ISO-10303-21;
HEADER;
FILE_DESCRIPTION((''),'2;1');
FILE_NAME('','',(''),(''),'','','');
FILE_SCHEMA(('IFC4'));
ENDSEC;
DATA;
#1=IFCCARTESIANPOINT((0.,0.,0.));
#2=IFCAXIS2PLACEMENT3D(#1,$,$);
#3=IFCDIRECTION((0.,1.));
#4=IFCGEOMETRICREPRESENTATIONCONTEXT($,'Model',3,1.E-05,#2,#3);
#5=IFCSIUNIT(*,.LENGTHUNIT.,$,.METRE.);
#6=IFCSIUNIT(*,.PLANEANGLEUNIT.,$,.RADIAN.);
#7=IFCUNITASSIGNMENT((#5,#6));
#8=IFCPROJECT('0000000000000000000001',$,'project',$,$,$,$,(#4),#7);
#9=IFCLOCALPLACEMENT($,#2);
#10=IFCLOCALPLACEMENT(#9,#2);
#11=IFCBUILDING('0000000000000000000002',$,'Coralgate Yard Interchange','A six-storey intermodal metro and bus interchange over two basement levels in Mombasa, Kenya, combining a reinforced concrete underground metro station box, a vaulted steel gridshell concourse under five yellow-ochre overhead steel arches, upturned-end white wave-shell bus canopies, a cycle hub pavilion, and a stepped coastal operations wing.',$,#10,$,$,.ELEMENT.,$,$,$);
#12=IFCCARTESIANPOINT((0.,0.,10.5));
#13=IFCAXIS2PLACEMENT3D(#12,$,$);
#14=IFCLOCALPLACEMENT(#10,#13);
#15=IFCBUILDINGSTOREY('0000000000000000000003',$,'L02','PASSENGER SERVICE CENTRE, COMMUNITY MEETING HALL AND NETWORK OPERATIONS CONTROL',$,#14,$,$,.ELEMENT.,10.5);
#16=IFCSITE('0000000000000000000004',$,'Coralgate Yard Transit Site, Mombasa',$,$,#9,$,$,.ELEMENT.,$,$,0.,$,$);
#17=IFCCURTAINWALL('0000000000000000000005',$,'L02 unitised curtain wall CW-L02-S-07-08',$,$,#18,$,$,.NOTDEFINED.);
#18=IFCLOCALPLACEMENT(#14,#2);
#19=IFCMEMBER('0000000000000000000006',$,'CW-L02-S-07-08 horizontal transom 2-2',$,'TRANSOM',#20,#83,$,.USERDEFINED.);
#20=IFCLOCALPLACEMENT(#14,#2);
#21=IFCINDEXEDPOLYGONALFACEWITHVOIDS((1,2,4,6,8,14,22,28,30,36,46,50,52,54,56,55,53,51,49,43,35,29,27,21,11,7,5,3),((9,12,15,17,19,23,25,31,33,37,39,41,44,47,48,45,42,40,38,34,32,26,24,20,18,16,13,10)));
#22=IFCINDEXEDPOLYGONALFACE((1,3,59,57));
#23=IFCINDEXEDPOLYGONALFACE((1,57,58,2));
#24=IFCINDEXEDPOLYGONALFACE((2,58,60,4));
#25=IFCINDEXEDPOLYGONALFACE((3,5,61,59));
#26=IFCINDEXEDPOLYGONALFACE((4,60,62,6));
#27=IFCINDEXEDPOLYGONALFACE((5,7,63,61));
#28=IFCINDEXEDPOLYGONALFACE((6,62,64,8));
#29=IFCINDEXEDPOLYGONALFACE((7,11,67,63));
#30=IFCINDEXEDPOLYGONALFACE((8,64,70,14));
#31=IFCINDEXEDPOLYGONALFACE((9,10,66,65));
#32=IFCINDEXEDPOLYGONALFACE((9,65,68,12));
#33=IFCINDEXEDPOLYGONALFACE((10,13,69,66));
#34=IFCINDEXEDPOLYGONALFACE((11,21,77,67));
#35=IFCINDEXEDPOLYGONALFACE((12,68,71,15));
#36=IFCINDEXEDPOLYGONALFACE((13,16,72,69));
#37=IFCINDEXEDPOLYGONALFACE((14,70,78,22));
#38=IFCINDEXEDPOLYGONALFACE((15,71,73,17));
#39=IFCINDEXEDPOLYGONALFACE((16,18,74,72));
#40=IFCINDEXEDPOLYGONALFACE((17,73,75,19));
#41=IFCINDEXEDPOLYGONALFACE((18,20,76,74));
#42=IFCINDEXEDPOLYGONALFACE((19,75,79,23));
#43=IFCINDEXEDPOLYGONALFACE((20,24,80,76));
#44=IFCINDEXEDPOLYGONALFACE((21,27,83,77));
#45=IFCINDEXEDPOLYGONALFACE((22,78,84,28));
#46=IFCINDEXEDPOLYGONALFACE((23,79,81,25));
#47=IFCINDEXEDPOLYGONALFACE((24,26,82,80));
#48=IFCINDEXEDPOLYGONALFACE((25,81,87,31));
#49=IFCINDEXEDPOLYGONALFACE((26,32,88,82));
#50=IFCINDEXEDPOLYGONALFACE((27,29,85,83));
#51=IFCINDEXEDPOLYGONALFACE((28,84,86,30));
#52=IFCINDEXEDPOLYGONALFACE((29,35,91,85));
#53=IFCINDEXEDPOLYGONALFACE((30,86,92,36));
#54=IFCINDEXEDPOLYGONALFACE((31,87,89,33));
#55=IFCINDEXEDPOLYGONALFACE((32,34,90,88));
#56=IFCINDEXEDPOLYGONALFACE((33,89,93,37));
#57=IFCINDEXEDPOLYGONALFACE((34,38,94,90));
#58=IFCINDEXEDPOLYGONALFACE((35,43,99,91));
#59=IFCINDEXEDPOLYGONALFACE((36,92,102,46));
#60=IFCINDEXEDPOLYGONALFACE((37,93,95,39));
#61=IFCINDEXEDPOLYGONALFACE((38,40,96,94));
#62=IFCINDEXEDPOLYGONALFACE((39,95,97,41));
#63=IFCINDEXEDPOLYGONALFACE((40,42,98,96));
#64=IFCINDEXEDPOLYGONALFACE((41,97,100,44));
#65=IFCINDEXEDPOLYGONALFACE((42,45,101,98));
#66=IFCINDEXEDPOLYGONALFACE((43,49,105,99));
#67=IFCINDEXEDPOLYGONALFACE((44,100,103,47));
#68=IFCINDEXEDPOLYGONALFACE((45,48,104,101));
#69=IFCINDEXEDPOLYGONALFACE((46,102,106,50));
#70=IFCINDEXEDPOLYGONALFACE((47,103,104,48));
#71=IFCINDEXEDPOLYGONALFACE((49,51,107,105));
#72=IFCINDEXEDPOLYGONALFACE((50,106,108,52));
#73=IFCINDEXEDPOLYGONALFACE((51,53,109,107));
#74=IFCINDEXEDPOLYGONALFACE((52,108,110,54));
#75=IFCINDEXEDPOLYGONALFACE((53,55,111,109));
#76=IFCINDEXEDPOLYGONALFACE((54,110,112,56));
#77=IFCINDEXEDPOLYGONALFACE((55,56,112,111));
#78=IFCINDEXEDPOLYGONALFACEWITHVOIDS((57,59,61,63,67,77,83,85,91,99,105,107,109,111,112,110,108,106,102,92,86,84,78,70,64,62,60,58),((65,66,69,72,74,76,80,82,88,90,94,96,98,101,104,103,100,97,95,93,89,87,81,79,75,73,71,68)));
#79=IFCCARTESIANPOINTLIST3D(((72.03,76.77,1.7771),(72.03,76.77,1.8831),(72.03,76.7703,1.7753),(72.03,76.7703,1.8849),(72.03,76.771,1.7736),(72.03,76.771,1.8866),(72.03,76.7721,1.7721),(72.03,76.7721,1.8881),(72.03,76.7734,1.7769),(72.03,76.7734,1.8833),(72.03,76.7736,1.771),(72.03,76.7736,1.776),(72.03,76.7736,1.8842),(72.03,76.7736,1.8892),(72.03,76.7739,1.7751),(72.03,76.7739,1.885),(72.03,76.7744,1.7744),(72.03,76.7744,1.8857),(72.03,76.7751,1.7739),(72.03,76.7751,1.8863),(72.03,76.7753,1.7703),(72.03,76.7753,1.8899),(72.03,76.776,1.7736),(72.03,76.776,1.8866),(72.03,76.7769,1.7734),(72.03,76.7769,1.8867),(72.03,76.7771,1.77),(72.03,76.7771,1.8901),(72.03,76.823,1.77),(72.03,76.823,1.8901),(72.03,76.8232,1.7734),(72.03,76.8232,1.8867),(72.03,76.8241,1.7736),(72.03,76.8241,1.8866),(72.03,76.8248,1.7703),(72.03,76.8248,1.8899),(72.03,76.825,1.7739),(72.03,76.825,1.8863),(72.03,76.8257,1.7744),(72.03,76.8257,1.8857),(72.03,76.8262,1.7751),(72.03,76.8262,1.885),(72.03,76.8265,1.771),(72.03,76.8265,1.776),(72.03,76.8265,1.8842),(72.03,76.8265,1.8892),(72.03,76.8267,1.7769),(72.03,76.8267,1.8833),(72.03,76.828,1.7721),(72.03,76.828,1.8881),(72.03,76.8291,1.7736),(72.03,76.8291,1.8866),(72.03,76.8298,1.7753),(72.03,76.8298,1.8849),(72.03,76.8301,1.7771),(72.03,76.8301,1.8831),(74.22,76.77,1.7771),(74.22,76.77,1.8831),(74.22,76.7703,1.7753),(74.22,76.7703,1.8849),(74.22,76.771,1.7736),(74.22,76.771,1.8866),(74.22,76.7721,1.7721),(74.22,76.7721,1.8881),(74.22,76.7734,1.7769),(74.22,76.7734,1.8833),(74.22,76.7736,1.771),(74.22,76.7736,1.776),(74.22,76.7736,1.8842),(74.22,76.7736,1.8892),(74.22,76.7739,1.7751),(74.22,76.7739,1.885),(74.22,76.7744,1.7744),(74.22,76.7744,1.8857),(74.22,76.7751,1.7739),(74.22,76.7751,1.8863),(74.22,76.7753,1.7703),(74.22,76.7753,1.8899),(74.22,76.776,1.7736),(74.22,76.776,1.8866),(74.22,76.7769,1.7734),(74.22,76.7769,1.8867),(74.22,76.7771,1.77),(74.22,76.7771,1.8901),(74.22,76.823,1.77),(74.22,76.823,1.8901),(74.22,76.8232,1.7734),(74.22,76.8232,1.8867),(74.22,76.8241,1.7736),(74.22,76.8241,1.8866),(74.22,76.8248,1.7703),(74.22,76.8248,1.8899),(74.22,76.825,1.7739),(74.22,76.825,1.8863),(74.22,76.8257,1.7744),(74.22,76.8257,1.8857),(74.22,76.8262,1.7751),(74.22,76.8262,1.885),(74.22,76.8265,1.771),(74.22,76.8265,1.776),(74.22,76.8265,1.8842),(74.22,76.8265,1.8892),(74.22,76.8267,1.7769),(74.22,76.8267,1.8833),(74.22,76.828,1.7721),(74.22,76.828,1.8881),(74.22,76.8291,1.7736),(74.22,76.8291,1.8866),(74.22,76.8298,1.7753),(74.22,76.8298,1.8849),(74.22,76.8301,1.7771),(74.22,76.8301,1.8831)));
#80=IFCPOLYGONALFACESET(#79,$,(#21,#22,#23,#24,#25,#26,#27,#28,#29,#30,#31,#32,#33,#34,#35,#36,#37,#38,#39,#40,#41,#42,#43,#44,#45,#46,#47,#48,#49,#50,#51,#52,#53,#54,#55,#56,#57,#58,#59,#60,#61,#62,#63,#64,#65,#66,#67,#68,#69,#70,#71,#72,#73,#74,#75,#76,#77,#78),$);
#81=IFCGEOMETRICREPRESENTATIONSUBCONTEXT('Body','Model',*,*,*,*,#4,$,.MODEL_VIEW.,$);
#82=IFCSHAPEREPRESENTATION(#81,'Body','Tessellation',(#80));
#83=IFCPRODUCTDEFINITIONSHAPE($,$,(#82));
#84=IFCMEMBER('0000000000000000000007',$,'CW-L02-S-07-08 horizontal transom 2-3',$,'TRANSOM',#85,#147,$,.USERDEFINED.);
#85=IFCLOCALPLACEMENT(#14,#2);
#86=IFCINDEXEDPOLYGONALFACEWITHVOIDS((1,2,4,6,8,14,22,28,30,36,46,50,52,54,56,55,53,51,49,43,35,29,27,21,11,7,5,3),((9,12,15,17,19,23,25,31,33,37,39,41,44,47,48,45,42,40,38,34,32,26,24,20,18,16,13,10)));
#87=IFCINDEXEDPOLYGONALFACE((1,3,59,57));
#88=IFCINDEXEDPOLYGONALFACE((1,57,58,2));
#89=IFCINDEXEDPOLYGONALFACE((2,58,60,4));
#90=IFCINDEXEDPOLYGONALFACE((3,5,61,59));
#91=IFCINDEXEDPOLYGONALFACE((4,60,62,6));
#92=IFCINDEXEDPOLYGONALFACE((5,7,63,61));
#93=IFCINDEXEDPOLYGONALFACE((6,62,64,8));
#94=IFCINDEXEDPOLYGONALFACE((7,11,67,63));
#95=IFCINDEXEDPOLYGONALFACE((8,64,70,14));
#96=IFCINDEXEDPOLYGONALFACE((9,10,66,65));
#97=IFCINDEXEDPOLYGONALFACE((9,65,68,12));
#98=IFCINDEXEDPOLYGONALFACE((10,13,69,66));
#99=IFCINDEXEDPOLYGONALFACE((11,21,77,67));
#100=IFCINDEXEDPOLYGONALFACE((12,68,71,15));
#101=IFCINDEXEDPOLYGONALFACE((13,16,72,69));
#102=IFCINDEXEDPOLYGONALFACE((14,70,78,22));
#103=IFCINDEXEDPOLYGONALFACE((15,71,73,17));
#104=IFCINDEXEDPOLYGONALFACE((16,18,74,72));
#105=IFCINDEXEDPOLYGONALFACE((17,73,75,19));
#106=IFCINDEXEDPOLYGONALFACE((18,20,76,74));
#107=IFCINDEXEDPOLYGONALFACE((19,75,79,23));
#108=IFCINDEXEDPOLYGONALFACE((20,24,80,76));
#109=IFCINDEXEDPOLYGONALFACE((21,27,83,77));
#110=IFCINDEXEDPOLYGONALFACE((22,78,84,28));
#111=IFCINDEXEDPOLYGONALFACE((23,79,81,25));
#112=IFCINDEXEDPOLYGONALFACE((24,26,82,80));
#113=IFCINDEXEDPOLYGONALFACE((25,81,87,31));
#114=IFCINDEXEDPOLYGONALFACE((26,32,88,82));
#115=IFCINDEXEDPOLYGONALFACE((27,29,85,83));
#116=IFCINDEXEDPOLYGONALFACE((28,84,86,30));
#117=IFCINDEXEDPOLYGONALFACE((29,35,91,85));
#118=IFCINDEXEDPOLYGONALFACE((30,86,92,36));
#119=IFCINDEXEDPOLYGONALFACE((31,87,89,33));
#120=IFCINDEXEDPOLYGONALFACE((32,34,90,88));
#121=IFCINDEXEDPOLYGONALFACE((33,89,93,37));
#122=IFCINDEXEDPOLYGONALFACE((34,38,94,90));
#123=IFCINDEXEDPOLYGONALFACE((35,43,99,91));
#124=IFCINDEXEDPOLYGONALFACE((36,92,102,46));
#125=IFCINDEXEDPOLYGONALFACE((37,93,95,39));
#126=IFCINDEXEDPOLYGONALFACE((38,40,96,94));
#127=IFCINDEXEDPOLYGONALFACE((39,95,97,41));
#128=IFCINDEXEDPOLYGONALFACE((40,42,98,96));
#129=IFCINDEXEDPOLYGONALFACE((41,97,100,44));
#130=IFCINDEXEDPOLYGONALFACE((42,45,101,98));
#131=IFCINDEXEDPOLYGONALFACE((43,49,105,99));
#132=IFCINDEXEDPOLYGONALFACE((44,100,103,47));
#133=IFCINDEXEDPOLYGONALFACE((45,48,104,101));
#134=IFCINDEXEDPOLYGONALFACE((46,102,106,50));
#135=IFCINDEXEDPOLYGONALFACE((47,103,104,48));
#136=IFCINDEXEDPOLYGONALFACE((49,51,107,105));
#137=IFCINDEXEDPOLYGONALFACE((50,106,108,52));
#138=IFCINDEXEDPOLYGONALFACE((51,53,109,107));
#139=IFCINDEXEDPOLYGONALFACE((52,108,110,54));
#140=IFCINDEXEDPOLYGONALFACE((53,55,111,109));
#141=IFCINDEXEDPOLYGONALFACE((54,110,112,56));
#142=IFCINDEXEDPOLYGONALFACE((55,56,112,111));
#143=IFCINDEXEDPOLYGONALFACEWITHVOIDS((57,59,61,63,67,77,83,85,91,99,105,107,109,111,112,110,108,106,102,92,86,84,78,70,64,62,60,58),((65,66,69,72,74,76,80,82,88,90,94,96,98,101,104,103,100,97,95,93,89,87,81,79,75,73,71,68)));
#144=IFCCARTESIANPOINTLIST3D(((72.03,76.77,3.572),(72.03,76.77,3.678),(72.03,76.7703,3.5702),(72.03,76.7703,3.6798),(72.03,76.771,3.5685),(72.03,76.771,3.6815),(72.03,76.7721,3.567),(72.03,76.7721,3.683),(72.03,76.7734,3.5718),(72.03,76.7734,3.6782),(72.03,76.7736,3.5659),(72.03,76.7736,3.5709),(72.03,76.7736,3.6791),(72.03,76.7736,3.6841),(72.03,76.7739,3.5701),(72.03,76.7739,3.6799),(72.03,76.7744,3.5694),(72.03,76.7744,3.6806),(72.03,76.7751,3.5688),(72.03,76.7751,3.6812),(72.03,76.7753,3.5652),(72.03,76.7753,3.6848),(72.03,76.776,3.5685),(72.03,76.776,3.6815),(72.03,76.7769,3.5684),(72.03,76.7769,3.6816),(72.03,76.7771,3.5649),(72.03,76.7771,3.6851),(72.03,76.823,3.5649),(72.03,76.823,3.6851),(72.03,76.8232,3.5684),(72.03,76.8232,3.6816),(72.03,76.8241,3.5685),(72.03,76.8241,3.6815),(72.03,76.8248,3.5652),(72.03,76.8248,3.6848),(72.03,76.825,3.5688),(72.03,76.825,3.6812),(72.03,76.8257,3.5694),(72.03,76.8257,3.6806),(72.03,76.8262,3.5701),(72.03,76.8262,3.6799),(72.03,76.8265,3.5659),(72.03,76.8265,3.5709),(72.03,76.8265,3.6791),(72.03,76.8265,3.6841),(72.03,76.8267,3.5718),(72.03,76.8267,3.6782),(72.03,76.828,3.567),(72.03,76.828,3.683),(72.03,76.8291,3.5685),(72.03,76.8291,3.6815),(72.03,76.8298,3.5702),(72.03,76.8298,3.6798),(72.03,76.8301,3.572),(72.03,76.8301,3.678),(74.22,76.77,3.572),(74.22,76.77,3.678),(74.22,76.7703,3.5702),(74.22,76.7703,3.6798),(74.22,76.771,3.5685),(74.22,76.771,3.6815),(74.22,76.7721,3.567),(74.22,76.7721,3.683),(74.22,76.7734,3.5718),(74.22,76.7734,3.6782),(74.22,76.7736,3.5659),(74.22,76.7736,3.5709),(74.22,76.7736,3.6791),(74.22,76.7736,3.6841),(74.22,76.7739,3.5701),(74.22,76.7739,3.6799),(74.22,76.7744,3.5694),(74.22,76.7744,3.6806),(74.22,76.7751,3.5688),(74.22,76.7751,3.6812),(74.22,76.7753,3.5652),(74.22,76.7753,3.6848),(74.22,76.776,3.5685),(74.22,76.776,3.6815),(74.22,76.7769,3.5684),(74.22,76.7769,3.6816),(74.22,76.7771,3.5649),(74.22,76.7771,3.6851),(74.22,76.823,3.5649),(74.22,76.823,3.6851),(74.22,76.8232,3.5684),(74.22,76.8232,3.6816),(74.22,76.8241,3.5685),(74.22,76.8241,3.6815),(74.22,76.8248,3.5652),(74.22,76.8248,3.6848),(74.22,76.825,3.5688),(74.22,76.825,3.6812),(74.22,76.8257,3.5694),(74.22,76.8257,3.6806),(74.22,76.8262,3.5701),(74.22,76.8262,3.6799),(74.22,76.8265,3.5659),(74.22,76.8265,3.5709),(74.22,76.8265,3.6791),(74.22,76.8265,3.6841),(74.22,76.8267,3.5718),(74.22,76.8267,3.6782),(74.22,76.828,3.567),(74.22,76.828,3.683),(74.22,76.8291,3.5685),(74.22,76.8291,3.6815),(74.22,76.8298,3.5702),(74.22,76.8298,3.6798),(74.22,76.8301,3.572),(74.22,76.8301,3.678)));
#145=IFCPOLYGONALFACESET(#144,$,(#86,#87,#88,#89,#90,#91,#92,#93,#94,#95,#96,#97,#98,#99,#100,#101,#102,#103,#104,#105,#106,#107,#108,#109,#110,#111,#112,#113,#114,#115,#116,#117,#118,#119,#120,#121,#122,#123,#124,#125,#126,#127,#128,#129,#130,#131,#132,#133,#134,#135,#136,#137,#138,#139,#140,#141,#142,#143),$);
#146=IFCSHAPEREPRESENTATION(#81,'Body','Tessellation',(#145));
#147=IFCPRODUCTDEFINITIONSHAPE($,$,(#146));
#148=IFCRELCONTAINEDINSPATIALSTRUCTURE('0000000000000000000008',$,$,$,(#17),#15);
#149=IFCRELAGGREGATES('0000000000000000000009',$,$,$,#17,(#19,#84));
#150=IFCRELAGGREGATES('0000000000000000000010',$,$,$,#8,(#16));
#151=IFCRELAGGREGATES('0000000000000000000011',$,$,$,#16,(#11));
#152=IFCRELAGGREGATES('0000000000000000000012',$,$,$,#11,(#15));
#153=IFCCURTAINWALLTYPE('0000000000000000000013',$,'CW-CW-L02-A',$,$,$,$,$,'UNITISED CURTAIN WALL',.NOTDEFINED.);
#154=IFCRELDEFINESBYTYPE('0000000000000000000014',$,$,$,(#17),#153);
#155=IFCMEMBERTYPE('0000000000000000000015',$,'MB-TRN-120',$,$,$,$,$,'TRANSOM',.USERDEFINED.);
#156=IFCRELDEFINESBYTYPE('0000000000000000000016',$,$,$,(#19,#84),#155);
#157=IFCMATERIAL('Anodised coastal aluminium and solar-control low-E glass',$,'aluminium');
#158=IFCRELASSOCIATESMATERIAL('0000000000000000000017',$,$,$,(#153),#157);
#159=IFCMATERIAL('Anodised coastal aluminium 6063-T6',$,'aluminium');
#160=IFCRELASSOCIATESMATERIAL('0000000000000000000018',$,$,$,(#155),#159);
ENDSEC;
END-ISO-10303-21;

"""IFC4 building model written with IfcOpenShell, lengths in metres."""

from ifc_helpers import new_model, si_unit, direction, frame, origin, origin_2d, place, context, subcontext, project, spatial, hollow_rectangle, extrude, material, material_profile, profile_set, type_object, element, aggregate, save


model = new_model("IFC4")

# Units and contexts
model_context = context("Model", 3, precision=1e-05, world=origin(), true_north=direction((0.0, 1.0)))
body_context = subcontext(model_context, "Body", "Model", "MODEL_VIEW")
ifc_project = project(units=[si_unit("LENGTHUNIT", "METRE"), si_unit("PLANEANGLEUNIT", "RADIAN")], contexts=[model_context])

# Site, building, storey
site_placement = place(None, origin())
site = spatial("IfcSite", under=ifc_project, at=site_placement, Name="Coralgate Yard Transit Site, Mombasa", CompositionType="ELEMENT", RefElevation=0.0)
building_placement = place(site_placement, origin())
building = spatial("IfcBuilding", under=site, at=building_placement, Name="Coralgate Yard Interchange", Description="A six-storey intermodal metro and bus interchange over two basement levels in Mombasa, Kenya, combining a reinforced concrete underground metro station box, a vaulted steel gridshell concourse under five yellow-ochre overhead steel arches, upturned-end white wave-shell bus canopies, a cycle hub pavilion, and a stepped coastal operations wing.", CompositionType="ELEMENT")
storey_placement = place(building_placement, frame((0.0, 0.0, 10.5)))
storey = spatial("IfcBuildingStorey", under=building, at=storey_placement, Name="L02", Description="PASSENGER SERVICE CENTRE, COMMUNITY MEETING HALL AND NETWORK OPERATIONS CONTROL", CompositionType="ELEMENT", Elevation=10.5)

# Curtain wall
ifc_material_1 = material(Name="Anodised coastal aluminium and solar-control low-E glass", Category="aluminium")
curtain_wall_type = type_object("IfcCurtainWallType", Name="CW-CW-L02-A", ElementType="UNITISED CURTAIN WALL", PredefinedType="NOTDEFINED", material=ifc_material_1)
curtain_wall_1_placement = place(storey_placement, origin())
curtain_wall_1 = element("IfcCurtainWall", 1, at=curtain_wall_1_placement, inside=storey, type_object=curtain_wall_type, Name="L02 unitised curtain wall CW-L02-S-07-08", PredefinedType="NOTDEFINED")
ifc_material_2 = material(Name="Anodised coastal aluminium 6063-T6", Category="aluminium")

# Members
ifc_material_profile_1 = material_profile(ifc_material_2, hollow_rectangle(XDim=0.0601, YDim=0.1201, WallThickness=0.0034, InnerFilletRadius=0.0034, OuterFilletRadius=0.0071, at=origin_2d()), Name="ALU 60x120x3.5")
ifc_profile_set_1 = profile_set([ifc_material_profile_1], Name="Anodised coastal aluminium 6063-T6")
member_type_1 = type_object("IfcMemberType", Name="MB-TRN-120", ElementType="TRANSOM", PredefinedType="USERDEFINED", material=ifc_profile_set_1)
member_1_placement = place(storey_placement, frame((74.22, 76.8, 1.8301), z_axis=(-1.0, 0.0, 0.0), x_axis=(0.0, -1.0, 0.0)))
member_1 = element("IfcMember", 2, at=member_1_placement, type_object=member_type_1, Name="CW-L02-S-07-08 horizontal transom 2-2", ObjectType="TRANSOM", PredefinedType="USERDEFINED", context=body_context, shape_type="SweptSolid", body=[
    extrude(hollow_rectangle(XDim=0.0601, YDim=0.1201, WallThickness=0.0034, InnerFilletRadius=0.0034, OuterFilletRadius=0.0071, at=origin_2d()), origin(), (0.0, 0.0, 1.0), 2.1899),
])
member_2_placement = place(storey_placement, frame((74.22, 76.8, 3.625), z_axis=(-1.0, 0.0, 0.0), x_axis=(0.0, -1.0, 0.0)))
member_2 = element("IfcMember", 3, at=member_2_placement, type_object=member_type_1, Name="CW-L02-S-07-08 horizontal transom 2-3", ObjectType="TRANSOM", PredefinedType="USERDEFINED", context=body_context, shape_type="SweptSolid", body=[
    extrude(hollow_rectangle(XDim=0.0601, YDim=0.1201, WallThickness=0.0034, InnerFilletRadius=0.0034, OuterFilletRadius=0.0071, at=origin_2d()), origin(), (0.0, 0.0, 1.0), 2.1899),
])

aggregate(curtain_wall_1, [member_1, member_2])

save(model, "model.ifc")
